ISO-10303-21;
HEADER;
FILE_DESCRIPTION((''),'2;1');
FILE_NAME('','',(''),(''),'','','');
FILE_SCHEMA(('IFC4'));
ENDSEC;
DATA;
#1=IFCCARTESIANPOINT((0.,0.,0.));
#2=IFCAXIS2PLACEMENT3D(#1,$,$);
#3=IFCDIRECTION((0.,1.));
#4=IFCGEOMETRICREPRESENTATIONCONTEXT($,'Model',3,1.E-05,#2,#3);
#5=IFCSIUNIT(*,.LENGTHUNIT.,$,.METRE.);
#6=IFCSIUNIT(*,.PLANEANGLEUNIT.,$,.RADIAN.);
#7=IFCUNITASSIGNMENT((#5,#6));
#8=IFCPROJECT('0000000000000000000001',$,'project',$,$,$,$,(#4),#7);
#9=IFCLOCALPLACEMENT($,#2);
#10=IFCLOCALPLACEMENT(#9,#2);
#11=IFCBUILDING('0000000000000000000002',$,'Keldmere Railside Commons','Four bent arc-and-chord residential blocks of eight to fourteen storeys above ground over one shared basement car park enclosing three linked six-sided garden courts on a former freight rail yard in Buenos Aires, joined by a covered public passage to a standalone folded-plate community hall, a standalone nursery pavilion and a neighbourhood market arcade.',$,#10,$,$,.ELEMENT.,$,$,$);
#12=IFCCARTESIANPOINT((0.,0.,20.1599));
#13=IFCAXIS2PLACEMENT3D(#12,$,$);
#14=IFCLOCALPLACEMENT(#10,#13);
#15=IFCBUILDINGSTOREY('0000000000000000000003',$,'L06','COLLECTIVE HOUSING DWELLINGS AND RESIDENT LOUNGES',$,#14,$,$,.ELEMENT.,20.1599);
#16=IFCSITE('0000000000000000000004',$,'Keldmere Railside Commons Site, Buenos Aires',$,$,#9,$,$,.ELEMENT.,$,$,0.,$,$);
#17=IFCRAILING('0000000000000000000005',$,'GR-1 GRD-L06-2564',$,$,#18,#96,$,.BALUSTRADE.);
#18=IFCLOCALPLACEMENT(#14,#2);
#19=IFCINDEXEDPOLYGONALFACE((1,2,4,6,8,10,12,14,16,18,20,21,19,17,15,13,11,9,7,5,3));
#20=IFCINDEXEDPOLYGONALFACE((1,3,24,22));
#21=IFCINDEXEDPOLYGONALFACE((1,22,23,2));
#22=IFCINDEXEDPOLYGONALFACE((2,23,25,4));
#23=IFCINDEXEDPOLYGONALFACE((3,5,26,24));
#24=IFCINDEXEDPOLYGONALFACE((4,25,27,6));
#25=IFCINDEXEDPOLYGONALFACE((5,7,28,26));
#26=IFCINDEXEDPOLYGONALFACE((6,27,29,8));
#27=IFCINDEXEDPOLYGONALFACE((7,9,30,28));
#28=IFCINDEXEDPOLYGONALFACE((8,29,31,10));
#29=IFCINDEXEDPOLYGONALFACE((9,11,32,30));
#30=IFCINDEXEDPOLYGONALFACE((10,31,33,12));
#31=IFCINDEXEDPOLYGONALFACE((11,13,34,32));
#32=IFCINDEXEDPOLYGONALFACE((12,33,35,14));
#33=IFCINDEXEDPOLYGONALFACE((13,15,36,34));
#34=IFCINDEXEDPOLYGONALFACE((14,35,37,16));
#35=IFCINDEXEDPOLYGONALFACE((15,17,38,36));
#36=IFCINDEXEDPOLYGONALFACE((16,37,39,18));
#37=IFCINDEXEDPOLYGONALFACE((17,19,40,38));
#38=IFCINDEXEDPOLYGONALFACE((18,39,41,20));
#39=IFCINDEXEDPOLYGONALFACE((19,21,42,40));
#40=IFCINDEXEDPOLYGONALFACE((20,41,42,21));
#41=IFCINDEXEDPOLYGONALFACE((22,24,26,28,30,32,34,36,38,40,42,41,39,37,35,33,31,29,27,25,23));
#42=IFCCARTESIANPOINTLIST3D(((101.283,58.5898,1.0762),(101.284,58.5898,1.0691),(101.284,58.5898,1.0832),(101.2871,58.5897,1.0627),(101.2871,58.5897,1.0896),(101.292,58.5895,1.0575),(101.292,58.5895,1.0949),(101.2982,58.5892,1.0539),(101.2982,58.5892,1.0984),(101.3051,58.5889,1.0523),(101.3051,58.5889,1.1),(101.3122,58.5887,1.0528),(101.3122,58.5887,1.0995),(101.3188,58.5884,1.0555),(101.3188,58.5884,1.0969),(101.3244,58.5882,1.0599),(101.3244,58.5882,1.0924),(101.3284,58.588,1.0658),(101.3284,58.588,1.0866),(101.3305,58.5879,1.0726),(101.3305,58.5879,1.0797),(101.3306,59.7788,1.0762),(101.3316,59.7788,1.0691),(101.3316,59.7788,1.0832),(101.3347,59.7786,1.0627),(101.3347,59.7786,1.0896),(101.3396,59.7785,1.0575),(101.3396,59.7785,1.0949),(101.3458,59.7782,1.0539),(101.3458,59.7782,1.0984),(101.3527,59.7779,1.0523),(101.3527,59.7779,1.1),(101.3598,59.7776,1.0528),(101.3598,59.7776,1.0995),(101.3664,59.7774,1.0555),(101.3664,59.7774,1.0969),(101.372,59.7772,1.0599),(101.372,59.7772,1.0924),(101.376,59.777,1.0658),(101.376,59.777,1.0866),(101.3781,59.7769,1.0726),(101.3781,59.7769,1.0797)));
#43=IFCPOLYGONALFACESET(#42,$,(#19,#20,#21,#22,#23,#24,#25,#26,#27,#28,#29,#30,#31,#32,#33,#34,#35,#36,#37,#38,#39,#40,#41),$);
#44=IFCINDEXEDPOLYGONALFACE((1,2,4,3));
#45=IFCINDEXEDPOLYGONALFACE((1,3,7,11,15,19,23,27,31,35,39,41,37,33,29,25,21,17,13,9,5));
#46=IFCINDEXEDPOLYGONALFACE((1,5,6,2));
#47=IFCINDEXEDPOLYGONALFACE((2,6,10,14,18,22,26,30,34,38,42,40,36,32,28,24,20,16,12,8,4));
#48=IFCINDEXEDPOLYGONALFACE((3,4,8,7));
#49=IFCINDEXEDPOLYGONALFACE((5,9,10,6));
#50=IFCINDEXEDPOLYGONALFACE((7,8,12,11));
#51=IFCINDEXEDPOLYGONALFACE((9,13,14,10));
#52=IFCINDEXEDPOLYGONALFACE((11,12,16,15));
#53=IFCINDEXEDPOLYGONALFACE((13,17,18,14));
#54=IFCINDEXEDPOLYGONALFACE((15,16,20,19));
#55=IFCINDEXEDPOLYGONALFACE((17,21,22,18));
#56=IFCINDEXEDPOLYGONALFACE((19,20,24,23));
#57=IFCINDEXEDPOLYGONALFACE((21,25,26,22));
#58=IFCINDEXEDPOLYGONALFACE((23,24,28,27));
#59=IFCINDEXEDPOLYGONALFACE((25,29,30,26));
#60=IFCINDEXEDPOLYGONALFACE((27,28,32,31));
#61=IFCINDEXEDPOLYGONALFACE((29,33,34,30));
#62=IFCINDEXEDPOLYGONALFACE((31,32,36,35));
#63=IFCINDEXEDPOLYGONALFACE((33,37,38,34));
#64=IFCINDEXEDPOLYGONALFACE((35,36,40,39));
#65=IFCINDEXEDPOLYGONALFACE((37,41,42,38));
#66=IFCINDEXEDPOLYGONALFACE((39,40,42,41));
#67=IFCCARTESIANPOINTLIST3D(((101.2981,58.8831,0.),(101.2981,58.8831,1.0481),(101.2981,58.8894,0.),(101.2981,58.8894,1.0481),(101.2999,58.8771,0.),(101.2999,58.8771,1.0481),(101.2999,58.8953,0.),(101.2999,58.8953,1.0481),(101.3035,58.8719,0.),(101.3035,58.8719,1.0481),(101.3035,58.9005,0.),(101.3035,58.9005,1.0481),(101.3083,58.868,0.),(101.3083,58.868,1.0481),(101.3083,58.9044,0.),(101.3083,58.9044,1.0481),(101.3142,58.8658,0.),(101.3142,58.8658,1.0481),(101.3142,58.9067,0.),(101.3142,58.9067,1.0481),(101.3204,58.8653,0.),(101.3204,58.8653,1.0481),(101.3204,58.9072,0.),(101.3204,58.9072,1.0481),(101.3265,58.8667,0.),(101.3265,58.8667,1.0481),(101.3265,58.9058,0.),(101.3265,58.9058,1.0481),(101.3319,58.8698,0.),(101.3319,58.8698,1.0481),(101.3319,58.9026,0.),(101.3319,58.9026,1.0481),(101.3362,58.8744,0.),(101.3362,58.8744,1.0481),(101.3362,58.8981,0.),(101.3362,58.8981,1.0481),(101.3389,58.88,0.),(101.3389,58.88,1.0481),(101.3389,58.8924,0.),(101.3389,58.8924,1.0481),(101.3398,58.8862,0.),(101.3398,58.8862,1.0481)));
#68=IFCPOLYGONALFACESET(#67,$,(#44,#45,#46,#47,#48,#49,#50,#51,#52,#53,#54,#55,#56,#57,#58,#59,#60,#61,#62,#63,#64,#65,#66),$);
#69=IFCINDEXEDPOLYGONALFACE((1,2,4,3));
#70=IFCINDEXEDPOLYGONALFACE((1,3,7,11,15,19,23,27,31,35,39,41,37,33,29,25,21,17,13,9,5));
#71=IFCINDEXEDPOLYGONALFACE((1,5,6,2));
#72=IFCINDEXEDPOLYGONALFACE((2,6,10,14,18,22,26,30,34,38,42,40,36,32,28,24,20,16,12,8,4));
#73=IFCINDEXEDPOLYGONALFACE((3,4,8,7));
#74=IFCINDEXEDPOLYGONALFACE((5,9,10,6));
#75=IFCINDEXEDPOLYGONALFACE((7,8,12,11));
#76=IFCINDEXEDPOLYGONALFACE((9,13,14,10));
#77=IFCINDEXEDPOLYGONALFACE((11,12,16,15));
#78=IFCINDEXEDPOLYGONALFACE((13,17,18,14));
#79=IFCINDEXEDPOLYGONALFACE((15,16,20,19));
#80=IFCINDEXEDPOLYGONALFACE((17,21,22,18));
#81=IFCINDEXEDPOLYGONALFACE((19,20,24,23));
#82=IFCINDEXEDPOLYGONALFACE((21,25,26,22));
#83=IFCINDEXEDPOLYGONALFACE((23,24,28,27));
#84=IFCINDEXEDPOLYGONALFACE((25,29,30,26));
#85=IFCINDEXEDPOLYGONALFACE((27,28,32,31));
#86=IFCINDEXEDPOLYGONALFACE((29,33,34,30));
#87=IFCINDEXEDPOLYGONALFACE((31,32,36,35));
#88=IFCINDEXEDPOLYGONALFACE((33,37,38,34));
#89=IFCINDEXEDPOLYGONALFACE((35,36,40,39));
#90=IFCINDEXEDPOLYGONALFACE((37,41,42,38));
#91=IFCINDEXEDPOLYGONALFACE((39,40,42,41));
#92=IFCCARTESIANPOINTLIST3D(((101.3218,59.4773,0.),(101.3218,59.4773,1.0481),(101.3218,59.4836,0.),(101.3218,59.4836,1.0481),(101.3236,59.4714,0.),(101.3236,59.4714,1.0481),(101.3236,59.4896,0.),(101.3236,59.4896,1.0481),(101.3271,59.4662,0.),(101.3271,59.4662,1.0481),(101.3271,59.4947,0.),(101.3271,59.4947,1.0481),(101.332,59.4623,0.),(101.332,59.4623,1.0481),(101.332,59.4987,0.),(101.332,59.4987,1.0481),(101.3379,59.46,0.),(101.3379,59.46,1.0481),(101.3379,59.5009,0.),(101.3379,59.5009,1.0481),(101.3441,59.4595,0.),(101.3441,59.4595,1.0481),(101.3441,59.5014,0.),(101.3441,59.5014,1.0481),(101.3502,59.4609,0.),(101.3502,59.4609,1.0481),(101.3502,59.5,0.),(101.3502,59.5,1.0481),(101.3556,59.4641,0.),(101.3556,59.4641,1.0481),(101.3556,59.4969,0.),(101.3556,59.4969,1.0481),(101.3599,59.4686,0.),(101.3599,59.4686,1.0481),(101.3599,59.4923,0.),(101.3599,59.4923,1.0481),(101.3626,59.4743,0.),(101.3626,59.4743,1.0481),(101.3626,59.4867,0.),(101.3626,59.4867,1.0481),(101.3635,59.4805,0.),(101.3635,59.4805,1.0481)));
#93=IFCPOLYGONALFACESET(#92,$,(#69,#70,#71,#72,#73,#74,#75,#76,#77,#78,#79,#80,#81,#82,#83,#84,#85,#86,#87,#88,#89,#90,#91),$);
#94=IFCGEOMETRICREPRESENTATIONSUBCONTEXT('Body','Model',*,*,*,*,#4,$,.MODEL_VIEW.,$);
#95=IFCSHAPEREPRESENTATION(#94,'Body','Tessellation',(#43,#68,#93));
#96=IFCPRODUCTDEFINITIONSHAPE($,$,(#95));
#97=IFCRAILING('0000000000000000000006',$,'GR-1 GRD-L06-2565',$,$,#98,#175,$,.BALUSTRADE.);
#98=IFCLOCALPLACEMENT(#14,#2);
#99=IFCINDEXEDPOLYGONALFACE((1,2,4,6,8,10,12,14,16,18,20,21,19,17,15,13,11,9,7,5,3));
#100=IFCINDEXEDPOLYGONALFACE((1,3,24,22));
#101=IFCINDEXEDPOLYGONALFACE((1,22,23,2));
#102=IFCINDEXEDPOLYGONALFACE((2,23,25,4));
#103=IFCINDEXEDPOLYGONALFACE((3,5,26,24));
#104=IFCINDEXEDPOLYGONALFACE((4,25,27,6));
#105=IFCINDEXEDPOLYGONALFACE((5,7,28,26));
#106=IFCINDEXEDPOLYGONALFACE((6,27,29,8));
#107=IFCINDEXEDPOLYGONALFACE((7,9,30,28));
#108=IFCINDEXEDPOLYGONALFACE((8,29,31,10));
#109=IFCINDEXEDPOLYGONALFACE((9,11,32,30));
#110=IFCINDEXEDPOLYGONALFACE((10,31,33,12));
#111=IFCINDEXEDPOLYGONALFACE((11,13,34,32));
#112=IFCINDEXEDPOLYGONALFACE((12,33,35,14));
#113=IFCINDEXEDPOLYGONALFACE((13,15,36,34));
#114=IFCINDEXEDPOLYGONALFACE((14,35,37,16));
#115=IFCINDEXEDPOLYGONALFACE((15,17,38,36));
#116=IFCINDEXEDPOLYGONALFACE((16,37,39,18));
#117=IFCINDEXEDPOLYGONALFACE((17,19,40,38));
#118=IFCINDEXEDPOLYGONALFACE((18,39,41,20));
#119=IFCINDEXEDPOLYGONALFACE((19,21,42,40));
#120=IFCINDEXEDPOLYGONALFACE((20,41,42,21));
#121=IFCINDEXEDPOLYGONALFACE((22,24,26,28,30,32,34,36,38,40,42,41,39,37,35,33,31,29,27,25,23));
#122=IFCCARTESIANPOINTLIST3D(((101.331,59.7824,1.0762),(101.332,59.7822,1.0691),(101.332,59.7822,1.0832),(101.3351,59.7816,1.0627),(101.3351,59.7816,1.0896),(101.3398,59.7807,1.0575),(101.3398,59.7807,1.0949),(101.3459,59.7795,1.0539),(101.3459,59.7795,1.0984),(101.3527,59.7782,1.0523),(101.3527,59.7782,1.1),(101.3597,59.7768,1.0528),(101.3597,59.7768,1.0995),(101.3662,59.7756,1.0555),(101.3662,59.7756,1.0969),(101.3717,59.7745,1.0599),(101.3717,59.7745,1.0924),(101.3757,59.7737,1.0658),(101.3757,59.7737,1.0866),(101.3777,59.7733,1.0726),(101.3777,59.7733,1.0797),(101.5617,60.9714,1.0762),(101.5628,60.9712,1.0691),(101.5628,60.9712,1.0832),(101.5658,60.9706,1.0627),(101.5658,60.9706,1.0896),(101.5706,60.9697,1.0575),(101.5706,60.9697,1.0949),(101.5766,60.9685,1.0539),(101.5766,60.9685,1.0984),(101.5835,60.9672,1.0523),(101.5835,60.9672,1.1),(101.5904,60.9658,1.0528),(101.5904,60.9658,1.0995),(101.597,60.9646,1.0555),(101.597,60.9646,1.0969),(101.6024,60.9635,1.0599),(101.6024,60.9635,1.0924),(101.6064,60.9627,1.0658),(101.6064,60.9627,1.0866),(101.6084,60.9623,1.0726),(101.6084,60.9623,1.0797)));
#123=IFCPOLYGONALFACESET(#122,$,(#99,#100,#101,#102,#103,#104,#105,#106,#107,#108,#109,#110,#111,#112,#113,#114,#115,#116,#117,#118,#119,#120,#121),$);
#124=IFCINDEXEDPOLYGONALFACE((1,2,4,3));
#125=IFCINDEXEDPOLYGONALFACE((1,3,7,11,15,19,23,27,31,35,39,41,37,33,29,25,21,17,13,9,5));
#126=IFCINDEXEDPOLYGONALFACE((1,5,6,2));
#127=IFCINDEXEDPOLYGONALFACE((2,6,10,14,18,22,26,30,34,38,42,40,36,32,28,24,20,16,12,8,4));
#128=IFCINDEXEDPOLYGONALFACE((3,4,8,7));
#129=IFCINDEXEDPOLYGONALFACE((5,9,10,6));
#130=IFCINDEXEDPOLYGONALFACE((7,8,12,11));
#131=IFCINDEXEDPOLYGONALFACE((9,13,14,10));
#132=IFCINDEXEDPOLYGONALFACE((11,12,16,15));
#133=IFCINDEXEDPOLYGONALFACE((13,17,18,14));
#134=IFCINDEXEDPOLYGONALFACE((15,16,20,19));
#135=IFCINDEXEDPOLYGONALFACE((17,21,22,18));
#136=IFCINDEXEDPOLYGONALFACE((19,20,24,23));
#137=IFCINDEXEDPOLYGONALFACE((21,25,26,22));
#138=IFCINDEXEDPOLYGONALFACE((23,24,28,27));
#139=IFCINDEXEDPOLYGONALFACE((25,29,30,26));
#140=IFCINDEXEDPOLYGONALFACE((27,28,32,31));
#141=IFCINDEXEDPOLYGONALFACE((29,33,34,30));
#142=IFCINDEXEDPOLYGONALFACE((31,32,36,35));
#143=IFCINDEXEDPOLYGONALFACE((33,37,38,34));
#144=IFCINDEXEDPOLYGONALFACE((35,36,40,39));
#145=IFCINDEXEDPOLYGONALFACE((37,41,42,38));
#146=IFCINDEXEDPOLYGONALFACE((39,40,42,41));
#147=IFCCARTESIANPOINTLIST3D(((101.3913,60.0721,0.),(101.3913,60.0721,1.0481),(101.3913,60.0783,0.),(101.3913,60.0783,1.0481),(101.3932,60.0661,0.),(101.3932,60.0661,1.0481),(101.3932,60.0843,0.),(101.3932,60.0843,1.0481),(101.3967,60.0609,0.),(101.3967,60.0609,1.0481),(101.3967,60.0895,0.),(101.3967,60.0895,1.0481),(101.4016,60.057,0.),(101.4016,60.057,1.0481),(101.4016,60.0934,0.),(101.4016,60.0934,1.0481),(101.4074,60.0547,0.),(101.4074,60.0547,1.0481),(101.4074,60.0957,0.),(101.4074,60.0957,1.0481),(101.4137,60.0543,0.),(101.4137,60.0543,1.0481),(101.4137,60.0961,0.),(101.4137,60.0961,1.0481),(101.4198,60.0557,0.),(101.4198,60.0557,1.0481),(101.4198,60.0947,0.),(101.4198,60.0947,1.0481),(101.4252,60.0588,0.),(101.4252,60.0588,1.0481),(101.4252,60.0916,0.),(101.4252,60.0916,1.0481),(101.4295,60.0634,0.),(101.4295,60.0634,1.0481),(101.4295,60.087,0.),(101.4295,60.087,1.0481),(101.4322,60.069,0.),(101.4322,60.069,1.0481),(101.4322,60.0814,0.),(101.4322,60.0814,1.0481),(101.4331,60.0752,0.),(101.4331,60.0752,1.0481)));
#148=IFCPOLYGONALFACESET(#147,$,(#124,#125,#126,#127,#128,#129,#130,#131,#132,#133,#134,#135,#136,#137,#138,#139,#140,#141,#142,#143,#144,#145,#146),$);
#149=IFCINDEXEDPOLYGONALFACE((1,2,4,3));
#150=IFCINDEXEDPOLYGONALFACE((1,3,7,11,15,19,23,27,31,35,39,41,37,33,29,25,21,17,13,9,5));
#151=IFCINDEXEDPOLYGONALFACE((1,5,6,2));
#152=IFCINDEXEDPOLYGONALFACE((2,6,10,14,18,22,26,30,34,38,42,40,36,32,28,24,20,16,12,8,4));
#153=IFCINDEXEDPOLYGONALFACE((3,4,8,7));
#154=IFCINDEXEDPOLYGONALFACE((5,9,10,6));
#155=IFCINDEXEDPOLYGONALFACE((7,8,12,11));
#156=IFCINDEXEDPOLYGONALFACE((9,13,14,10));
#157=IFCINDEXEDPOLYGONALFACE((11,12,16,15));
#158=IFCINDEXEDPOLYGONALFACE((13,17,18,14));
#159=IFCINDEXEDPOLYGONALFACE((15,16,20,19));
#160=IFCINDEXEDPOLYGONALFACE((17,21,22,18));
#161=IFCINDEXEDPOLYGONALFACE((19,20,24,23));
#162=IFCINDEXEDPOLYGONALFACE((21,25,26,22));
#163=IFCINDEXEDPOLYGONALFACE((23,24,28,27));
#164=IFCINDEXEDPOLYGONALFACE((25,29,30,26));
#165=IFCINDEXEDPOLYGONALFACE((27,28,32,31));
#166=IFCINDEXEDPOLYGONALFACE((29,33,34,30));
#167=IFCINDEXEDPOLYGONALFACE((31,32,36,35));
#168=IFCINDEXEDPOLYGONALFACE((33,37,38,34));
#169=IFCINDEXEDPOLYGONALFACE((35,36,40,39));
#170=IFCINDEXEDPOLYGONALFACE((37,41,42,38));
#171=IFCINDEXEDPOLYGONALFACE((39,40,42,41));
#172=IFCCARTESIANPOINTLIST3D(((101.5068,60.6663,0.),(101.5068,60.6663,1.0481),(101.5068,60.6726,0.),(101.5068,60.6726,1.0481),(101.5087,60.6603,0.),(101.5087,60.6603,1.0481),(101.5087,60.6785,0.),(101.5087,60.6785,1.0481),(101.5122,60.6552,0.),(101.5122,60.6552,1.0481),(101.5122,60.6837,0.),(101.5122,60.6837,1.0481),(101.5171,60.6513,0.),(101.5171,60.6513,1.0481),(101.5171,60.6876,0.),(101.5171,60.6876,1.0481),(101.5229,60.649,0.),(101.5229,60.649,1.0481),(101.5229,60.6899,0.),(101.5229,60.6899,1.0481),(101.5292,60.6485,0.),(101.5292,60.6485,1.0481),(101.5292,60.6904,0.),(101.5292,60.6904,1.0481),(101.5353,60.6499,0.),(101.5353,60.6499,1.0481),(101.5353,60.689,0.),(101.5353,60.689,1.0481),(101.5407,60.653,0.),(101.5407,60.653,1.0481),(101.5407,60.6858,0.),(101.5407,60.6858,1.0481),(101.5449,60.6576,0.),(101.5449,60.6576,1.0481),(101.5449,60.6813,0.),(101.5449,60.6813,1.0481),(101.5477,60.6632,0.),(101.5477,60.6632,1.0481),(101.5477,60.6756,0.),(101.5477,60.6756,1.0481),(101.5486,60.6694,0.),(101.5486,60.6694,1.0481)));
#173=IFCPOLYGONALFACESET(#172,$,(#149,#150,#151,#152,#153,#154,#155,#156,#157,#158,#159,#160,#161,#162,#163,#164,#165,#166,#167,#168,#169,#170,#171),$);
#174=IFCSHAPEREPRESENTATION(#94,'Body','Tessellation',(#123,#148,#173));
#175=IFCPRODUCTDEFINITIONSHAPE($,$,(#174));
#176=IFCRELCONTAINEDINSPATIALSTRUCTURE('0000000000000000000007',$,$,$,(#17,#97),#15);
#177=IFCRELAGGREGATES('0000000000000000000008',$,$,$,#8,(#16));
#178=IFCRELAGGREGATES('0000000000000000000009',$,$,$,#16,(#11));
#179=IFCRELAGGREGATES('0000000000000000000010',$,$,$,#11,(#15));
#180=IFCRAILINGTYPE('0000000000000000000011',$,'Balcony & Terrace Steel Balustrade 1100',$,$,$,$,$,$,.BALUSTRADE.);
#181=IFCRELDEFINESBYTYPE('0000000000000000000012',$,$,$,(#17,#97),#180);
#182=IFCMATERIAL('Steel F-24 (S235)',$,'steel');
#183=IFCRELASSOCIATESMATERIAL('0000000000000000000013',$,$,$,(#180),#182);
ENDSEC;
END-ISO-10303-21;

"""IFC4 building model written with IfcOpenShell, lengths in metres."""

from ifc_helpers import new_model, si_unit, direction, frame, origin, origin_2d, place, context, subcontext, project, spatial, circle, extrude, material, type_object, element, save


model = new_model("IFC4")

# Units and contexts
model_context = context("Model", 3, precision=1e-05, world=origin(), true_north=direction((0.0, 1.0)))
body_context = subcontext(model_context, "Body", "Model", "MODEL_VIEW")
ifc_project = project(units=[si_unit("LENGTHUNIT", "METRE"), si_unit("PLANEANGLEUNIT", "RADIAN")], contexts=[model_context])

# Site, building, storey
site_placement = place(None, origin())
site = spatial("IfcSite", under=ifc_project, at=site_placement, Name="Keldmere Railside Commons Site, Buenos Aires", CompositionType="ELEMENT", RefElevation=0.0)
building_placement = place(site_placement, origin())
building = spatial("IfcBuilding", under=site, at=building_placement, Name="Keldmere Railside Commons", Description="Four bent arc-and-chord residential blocks of eight to fourteen storeys above ground over one shared basement car park enclosing three linked six-sided garden courts on a former freight rail yard in Buenos Aires, joined by a covered public passage to a standalone folded-plate community hall, a standalone nursery pavilion and a neighbourhood market arcade.", CompositionType="ELEMENT")
storey_placement = place(building_placement, frame((0.0, 0.0, 20.1599)))
storey = spatial("IfcBuildingStorey", under=building, at=storey_placement, Name="L06", Description="COLLECTIVE HOUSING DWELLINGS AND RESIDENT LOUNGES", CompositionType="ELEMENT", Elevation=20.1599)

# Railings
ifc_material_1 = material(Name="Steel F-24 (S235)", Category="steel")
railing_type = type_object("IfcRailingType", Name="Balcony & Terrace Steel Balustrade 1100", PredefinedType="BALUSTRADE", material=ifc_material_1)
railing_1_placement = place(storey_placement, frame((101.3069, 58.5889, 0.0)))
element("IfcRailing", 1, at=railing_1_placement, inside=storey, type_object=railing_type, Name="GR-1 GRD-L06-2564", PredefinedType="BALUSTRADE", context=body_context, shape_type="SweptSolid", body=[
    extrude(circle(Radius=0.0239, at=origin_2d()), frame((0.0, 0.0, 1.0762), z_axis=(0.040009, 0.999199, 0.0), x_axis=(-0.999199, 0.040009, 0.0)), (0.0, 0.0, 1.0), 1.1899),
    extrude(circle(Radius=0.021, at=origin_2d()), frame((0.012, 0.2974, 0.0)), (0.0, 0.0, 1.0), 1.0481),
    extrude(circle(Radius=0.021, at=origin_2d()), frame((0.0356, 0.8916, 0.0)), (0.0, 0.0, 1.0), 1.0481),
])
railing_2_placement = place(storey_placement, frame((101.3545, 59.7778, 0.0)))
element("IfcRailing", 2, at=railing_2_placement, inside=storey, type_object=railing_type, Name="GR-1 GRD-L06-2565", PredefinedType="BALUSTRADE", context=body_context, shape_type="SweptSolid", body=[
    extrude(circle(Radius=0.0239, at=origin_2d()), frame((0.0, 0.0, 1.0762), z_axis=(0.190492, 0.981689, 0.0), x_axis=(-0.981689, 0.190492, 0.0)), (0.0, 0.0, 1.0), 1.2112),
    extrude(circle(Radius=0.021, at=origin_2d()), frame((0.0576, 0.2974, 0.0)), (0.0, 0.0, 1.0), 1.0481),
    extrude(circle(Radius=0.021, at=origin_2d()), frame((0.1731, 0.8916, 0.0)), (0.0, 0.0, 1.0), 1.0481),
])

save(model, "model.ifc")
